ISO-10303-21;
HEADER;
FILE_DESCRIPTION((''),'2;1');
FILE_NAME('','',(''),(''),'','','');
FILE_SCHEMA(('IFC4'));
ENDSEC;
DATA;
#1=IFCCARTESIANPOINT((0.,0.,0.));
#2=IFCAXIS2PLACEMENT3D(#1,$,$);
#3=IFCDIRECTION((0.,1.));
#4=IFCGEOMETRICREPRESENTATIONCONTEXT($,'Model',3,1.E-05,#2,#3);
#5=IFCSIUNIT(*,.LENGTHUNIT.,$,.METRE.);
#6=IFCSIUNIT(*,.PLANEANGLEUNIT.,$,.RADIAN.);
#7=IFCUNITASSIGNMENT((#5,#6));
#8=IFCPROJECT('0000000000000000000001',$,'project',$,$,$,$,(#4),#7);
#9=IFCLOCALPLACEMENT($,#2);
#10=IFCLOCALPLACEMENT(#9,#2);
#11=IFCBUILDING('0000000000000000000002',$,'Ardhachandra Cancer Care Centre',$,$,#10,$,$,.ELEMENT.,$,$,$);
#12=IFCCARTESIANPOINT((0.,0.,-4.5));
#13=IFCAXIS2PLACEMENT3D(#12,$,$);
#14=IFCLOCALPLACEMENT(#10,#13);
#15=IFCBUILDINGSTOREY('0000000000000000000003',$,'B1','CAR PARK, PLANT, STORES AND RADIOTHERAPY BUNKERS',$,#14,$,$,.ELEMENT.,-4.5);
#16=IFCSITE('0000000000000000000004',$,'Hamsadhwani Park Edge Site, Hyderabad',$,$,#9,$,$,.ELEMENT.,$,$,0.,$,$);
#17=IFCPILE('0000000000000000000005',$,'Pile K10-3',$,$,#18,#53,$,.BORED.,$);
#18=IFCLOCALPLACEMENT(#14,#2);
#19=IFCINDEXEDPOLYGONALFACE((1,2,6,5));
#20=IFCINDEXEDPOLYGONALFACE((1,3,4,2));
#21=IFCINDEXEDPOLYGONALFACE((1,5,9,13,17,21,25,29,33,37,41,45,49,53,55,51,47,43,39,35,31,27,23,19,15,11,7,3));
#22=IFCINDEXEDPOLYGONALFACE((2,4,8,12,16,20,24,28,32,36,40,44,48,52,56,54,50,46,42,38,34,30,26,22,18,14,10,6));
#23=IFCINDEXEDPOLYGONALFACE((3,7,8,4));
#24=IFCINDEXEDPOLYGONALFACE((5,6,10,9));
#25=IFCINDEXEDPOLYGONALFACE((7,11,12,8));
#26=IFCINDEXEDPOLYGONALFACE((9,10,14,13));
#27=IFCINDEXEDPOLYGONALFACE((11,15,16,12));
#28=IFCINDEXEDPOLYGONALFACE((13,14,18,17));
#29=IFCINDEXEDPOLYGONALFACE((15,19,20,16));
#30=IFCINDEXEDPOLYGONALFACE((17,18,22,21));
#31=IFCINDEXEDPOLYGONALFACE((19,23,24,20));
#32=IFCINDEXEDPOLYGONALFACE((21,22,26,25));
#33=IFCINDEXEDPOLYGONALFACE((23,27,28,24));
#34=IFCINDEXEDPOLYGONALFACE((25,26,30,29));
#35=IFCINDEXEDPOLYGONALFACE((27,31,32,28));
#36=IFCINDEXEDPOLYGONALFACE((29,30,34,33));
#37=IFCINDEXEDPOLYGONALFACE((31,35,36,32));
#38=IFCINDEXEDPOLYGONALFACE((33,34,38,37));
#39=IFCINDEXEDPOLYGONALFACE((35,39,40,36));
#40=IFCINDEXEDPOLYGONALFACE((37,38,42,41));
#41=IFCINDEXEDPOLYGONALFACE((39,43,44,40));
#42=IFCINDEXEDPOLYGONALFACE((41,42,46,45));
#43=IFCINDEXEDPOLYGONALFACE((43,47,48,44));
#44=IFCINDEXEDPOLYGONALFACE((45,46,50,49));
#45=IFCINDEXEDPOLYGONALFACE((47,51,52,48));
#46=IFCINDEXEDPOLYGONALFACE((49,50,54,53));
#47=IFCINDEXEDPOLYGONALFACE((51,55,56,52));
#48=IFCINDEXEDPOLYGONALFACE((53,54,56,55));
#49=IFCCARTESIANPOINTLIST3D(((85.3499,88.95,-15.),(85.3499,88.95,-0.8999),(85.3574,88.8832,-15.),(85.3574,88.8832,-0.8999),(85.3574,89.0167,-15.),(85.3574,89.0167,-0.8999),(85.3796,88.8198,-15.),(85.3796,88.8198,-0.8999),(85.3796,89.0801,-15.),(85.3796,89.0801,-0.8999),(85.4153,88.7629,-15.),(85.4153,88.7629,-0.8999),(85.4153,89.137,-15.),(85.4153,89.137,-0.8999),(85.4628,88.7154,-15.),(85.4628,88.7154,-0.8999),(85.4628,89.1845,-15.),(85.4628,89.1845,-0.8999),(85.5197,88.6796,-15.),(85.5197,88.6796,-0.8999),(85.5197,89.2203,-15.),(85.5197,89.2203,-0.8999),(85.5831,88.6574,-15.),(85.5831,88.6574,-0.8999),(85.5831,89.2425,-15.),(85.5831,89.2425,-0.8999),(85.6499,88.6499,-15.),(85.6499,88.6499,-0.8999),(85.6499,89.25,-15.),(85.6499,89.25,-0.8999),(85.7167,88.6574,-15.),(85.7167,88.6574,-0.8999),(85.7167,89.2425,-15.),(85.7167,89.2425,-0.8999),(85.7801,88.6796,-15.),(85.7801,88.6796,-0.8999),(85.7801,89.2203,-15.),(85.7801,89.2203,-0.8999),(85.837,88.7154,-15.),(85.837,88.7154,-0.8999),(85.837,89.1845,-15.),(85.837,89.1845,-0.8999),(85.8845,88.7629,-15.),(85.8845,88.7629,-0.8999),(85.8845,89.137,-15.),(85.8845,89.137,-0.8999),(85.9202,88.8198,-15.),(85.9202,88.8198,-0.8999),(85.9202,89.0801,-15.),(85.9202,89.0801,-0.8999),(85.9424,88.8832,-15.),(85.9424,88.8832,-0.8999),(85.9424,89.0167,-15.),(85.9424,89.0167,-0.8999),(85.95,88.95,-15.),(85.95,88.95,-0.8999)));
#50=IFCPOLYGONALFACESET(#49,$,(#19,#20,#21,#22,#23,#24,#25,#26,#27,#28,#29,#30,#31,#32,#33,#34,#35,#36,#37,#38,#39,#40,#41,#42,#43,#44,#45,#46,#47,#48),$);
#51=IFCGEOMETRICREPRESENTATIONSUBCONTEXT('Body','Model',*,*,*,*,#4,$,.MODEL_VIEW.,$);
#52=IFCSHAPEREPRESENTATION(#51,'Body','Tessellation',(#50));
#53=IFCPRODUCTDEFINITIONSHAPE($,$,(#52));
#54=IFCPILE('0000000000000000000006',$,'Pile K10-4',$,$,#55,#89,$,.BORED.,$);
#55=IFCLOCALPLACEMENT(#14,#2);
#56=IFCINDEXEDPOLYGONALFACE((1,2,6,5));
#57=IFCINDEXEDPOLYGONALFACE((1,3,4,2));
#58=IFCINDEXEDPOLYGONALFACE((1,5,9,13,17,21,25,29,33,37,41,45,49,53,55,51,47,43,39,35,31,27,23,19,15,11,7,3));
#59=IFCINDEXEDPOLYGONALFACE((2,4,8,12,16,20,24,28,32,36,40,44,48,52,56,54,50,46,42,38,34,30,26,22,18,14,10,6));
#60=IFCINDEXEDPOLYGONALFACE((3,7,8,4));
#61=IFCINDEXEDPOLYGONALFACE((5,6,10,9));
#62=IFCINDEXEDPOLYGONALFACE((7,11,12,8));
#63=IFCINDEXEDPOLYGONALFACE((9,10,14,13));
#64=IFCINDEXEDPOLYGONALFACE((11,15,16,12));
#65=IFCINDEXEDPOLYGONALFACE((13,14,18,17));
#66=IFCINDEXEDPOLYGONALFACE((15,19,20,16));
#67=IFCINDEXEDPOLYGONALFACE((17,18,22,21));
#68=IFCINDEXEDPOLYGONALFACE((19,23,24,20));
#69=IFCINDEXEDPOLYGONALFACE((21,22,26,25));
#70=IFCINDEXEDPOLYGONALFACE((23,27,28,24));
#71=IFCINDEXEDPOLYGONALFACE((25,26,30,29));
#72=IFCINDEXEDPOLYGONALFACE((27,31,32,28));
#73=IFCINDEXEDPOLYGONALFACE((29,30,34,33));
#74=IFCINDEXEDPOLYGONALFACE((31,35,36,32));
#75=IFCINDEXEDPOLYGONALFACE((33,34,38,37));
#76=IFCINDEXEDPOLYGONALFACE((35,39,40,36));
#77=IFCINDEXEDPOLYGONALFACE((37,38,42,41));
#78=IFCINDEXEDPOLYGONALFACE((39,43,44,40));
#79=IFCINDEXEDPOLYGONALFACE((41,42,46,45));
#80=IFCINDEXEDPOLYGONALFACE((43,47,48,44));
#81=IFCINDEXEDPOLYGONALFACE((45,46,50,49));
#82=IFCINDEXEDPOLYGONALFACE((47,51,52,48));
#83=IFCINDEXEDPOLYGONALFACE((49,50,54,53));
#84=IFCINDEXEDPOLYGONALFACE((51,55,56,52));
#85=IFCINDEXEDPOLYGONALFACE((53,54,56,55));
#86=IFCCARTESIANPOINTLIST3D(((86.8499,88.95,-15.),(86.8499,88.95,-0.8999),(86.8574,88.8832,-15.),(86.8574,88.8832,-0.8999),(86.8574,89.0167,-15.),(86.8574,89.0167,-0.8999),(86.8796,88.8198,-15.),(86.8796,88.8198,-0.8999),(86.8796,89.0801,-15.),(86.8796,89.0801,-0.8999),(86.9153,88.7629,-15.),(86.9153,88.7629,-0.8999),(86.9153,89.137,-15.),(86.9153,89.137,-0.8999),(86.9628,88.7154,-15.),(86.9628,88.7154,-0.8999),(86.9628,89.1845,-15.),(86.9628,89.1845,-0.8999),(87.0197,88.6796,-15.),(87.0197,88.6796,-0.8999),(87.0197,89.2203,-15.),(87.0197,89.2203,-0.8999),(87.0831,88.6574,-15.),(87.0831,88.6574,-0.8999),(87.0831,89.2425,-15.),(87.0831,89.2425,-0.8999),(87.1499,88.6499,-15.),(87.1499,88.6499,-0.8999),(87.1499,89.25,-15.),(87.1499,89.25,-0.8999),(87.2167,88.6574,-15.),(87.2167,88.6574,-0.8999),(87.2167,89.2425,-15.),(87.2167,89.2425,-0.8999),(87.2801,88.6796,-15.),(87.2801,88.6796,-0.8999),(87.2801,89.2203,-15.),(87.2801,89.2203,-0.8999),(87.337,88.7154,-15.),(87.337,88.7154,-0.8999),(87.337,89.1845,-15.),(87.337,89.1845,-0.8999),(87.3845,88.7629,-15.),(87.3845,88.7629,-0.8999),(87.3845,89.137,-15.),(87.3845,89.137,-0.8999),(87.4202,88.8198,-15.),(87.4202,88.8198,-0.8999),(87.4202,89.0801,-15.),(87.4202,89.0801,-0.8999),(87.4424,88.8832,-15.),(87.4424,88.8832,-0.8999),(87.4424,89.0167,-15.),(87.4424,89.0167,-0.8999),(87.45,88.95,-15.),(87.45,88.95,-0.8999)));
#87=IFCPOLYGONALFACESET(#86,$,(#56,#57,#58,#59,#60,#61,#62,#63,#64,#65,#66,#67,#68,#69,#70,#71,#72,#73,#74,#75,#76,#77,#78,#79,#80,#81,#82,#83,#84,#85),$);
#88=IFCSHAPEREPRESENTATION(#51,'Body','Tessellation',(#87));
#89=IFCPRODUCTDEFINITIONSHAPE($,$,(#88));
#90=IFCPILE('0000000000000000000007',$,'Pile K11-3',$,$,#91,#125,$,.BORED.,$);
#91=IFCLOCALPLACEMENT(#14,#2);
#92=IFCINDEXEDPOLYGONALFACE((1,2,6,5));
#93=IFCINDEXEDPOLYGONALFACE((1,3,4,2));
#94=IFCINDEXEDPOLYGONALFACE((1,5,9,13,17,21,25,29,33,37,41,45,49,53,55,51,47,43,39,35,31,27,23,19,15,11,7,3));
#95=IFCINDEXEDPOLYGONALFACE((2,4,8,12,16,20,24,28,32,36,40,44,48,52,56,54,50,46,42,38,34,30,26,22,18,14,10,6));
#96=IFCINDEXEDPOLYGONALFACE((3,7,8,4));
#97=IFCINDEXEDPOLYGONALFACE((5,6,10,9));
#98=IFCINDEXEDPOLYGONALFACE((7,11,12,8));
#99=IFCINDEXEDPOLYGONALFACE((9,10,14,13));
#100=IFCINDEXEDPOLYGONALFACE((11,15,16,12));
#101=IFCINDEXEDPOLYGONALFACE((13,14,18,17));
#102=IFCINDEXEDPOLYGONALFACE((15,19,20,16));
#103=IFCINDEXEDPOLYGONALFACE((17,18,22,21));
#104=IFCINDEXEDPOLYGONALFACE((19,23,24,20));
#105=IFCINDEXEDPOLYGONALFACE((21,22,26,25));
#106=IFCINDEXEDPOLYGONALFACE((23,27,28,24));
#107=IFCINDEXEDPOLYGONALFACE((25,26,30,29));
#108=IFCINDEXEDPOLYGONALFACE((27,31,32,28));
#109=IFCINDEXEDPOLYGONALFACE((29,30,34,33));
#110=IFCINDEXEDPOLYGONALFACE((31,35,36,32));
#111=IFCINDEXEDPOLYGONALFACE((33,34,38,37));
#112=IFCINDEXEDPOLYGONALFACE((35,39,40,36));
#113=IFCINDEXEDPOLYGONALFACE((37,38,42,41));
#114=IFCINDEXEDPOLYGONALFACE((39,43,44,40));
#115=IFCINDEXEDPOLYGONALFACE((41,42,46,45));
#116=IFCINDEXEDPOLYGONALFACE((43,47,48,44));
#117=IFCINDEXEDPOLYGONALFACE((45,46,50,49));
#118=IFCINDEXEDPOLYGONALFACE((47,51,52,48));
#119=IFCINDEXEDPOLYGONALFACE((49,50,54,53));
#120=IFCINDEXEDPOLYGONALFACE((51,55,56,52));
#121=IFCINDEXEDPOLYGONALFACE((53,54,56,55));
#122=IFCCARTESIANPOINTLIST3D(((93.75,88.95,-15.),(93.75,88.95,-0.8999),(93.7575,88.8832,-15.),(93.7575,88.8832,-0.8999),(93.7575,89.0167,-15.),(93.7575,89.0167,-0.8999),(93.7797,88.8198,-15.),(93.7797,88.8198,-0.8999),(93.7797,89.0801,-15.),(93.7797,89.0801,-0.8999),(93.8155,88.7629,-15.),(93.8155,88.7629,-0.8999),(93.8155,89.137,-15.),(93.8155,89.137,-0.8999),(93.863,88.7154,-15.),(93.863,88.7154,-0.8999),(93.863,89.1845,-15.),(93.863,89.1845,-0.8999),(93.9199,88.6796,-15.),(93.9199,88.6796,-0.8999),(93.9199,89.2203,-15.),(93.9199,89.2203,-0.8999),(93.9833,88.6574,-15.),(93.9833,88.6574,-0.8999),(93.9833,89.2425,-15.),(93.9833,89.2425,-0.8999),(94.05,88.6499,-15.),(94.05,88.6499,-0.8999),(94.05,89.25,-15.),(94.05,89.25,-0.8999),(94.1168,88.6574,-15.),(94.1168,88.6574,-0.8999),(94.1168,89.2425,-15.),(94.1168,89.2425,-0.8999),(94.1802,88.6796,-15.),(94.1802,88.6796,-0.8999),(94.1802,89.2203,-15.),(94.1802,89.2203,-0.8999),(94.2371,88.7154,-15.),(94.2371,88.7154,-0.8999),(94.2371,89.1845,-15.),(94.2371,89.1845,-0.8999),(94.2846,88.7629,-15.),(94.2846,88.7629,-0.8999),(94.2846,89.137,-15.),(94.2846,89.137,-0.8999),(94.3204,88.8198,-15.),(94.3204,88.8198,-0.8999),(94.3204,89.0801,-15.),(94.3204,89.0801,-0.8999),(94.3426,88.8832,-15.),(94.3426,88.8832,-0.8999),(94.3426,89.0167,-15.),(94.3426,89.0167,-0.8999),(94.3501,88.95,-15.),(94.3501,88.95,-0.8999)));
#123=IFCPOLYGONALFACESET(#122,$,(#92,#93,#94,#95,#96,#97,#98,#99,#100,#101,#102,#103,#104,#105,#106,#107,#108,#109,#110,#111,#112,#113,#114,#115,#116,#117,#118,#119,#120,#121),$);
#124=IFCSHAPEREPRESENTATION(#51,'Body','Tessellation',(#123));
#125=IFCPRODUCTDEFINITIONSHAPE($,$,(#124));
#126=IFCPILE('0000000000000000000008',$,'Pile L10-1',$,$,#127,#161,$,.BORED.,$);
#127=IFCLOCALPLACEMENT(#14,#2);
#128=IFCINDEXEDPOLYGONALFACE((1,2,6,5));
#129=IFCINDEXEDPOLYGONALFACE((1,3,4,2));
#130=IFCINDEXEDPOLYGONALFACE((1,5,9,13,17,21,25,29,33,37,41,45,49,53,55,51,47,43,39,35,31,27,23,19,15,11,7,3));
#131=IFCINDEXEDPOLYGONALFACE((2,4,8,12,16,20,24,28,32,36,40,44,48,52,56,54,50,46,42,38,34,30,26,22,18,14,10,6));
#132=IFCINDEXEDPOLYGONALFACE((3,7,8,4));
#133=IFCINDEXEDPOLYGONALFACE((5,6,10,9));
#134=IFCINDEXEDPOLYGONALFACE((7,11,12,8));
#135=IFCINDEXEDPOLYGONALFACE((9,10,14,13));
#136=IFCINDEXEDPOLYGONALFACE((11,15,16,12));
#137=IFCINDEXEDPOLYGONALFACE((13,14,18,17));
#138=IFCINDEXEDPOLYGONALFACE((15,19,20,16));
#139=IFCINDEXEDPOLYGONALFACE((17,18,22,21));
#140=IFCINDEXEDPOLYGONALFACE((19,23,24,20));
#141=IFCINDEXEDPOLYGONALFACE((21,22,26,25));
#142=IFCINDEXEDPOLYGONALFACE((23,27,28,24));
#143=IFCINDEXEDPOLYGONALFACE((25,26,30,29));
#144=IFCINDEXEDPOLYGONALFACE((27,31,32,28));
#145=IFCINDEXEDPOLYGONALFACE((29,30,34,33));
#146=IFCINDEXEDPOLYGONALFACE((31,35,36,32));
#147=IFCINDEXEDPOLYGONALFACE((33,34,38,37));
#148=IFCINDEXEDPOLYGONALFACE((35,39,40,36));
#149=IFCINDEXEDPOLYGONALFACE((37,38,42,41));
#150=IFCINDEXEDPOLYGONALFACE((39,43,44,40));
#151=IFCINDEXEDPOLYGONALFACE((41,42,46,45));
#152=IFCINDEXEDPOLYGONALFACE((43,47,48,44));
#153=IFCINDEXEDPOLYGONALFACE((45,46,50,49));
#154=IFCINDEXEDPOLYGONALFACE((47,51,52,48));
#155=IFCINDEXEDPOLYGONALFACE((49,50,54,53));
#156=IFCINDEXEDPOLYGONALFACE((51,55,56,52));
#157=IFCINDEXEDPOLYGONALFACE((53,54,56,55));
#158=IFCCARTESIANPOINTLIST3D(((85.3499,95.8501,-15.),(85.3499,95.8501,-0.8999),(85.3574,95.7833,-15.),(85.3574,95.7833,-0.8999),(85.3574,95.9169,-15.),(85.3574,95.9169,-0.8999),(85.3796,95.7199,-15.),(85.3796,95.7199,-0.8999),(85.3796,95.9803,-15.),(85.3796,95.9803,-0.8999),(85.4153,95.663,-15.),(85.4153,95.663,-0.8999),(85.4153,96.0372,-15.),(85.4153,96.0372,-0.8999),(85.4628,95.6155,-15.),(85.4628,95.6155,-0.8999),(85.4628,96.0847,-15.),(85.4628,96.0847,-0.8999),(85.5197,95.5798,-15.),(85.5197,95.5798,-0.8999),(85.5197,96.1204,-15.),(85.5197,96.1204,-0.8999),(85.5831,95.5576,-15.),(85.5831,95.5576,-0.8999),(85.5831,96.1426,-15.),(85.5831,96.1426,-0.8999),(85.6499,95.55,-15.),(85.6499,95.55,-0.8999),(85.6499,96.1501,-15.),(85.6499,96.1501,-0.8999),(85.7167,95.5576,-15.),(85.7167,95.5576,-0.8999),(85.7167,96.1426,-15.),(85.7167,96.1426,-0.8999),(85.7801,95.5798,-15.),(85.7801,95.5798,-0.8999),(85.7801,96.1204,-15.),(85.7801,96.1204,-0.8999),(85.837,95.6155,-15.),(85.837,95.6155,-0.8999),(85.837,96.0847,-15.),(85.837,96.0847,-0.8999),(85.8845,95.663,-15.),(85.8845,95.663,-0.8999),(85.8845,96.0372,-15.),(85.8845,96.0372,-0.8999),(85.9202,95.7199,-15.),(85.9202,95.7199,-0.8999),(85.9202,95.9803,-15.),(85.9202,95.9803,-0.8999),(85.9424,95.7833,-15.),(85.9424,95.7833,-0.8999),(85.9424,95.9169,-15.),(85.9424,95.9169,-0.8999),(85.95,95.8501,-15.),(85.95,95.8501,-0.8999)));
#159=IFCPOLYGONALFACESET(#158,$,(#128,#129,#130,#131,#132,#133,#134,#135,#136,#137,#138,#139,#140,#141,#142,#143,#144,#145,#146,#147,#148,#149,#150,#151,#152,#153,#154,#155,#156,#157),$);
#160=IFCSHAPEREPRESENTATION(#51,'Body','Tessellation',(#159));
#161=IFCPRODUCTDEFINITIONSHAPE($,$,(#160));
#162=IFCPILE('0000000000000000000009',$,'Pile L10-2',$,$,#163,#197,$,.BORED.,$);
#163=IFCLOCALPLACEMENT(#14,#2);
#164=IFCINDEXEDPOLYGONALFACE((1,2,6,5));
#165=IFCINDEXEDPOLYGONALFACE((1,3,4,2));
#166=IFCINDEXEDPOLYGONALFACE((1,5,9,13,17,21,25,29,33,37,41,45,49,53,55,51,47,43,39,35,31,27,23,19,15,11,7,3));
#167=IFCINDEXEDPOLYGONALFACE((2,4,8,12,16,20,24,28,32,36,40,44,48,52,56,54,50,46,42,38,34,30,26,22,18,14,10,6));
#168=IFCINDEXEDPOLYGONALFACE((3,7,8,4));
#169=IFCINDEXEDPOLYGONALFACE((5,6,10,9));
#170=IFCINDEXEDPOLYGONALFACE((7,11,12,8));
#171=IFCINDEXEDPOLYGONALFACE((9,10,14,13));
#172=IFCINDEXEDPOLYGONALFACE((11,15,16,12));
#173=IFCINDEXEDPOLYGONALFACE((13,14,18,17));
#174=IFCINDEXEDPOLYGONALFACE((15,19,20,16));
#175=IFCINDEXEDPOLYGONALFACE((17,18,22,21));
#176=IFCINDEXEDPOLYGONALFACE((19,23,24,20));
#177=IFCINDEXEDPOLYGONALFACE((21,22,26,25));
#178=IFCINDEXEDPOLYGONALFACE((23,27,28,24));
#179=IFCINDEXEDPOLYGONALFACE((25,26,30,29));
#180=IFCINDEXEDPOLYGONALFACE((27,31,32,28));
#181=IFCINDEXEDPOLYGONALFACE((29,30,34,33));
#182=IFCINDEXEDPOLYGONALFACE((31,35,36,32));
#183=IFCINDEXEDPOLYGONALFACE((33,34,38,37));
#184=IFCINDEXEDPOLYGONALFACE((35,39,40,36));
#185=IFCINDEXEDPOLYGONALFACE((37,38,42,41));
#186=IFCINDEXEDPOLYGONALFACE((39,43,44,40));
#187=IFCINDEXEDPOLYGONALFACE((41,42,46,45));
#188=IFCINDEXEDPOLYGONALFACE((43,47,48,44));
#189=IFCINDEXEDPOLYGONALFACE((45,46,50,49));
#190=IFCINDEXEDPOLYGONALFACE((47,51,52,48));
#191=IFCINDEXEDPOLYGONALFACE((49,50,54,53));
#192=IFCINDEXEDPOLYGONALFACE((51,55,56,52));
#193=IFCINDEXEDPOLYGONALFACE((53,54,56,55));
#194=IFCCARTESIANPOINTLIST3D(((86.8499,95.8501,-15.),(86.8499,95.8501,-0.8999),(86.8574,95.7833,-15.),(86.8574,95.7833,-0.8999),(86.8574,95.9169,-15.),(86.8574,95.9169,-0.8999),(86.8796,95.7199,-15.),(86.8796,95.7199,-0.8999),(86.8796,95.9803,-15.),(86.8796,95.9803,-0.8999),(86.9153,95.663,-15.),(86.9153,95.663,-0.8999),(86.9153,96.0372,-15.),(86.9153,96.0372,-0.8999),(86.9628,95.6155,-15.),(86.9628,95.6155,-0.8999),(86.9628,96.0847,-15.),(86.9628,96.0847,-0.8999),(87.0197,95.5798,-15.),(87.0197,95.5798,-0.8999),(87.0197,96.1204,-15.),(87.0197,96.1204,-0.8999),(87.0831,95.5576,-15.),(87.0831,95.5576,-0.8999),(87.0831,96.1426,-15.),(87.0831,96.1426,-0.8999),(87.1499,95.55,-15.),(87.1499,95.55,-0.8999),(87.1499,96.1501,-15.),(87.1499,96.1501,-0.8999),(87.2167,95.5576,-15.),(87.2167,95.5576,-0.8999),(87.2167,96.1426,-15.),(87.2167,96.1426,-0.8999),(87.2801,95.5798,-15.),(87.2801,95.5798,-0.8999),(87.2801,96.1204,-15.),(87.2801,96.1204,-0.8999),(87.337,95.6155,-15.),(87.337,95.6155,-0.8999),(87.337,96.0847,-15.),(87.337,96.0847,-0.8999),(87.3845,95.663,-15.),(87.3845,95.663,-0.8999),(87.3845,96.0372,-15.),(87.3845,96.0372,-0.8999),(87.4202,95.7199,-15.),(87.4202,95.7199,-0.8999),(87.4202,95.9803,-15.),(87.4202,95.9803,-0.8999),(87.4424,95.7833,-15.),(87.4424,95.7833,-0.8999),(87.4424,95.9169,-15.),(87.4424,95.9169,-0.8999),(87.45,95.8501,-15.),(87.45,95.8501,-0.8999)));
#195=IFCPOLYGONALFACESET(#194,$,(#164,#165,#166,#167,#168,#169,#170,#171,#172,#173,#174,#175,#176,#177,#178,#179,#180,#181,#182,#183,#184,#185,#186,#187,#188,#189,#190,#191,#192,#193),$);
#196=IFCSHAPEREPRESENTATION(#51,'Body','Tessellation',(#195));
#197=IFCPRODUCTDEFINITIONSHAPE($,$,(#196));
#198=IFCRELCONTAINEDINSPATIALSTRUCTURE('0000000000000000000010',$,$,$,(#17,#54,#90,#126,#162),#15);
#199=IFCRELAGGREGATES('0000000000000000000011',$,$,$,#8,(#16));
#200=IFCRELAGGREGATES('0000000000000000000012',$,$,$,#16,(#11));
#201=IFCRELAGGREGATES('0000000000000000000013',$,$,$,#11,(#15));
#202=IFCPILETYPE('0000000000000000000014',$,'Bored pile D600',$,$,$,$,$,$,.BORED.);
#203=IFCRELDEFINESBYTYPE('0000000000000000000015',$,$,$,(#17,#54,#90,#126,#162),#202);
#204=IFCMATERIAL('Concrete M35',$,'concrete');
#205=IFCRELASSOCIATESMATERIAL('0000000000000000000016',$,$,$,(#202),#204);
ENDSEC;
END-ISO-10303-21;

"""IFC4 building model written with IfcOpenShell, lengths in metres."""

from ifc_helpers import new_model, si_unit, direction, frame, origin, origin_2d, place, context, subcontext, project, spatial, circle, extrude, material, material_profile, profile_set, type_object, element, save


model = new_model("IFC4")

# Units and contexts
model_context = context("Model", 3, precision=1e-05, world=origin(), true_north=direction((0.0, 1.0)))
body_context = subcontext(model_context, "Body", "Model", "MODEL_VIEW")
ifc_project = project(units=[si_unit("LENGTHUNIT", "METRE"), si_unit("PLANEANGLEUNIT", "RADIAN")], contexts=[model_context])

# Site, building, storey
site_placement = place(None, origin())
site = spatial("IfcSite", under=ifc_project, at=site_placement, Name="Hamsadhwani Park Edge Site, Hyderabad", CompositionType="ELEMENT", RefElevation=0.0)
building_placement = place(site_placement, origin())
building = spatial("IfcBuilding", under=site, at=building_placement, Name="Ardhachandra Cancer Care Centre", CompositionType="ELEMENT")
storey_placement = place(building_placement, frame((0.0, 0.0, -4.5)))
storey = spatial("IfcBuildingStorey", under=building, at=storey_placement, Name="B1", Description="CAR PARK, PLANT, STORES AND RADIOTHERAPY BUNKERS", CompositionType="ELEMENT", Elevation=-4.5)

# Piles
ifc_material_1 = material(Name="Concrete M35", Category="concrete")
ifc_material_profile_1 = material_profile(ifc_material_1, circle(Radius=0.3, at=origin_2d()), Name="D600")
ifc_profile_set_1 = profile_set([ifc_material_profile_1], Name="Concrete M35")
pile_type = type_object("IfcPileType", Name="Bored pile D600", PredefinedType="BORED", material=ifc_profile_set_1)
for number, where, z_axis, x_axis, name in (
    (1, (85.6499, 88.95, -0.8999), (0.0, 0.0, -1.0), (1.0, 0.0, 0.0), "Pile K10-3"),
    (2, (87.1499, 88.95, -0.8999), (0.0, 0.0, -1.0), (1.0, 0.0, 0.0), "Pile K10-4"),
    (3, (94.05, 88.95, -0.8999), (0.0, 0.0, -1.0), (1.0, 0.0, 0.0), "Pile K11-3"),
    (4, (85.6499, 95.8501, -0.8999), (0.0, 0.0, -1.0), (1.0, 0.0, 0.0), "Pile L10-1"),
    (5, (87.1499, 95.8501, -0.8999), (0.0, 0.0, -1.0), (1.0, 0.0, 0.0), "Pile L10-2"),
):
    element("IfcPile", number, at=place(storey_placement, frame(where, z_axis=z_axis, x_axis=x_axis)), inside=storey, type_object=pile_type, Name=name, PredefinedType="BORED", context=body_context, shape_type="SweptSolid", body=[
        extrude(circle(Radius=0.3, at=origin_2d()), origin(), (0.0, 0.0, 1.0), 14.1001),
    ])

save(model, "model.ifc")
